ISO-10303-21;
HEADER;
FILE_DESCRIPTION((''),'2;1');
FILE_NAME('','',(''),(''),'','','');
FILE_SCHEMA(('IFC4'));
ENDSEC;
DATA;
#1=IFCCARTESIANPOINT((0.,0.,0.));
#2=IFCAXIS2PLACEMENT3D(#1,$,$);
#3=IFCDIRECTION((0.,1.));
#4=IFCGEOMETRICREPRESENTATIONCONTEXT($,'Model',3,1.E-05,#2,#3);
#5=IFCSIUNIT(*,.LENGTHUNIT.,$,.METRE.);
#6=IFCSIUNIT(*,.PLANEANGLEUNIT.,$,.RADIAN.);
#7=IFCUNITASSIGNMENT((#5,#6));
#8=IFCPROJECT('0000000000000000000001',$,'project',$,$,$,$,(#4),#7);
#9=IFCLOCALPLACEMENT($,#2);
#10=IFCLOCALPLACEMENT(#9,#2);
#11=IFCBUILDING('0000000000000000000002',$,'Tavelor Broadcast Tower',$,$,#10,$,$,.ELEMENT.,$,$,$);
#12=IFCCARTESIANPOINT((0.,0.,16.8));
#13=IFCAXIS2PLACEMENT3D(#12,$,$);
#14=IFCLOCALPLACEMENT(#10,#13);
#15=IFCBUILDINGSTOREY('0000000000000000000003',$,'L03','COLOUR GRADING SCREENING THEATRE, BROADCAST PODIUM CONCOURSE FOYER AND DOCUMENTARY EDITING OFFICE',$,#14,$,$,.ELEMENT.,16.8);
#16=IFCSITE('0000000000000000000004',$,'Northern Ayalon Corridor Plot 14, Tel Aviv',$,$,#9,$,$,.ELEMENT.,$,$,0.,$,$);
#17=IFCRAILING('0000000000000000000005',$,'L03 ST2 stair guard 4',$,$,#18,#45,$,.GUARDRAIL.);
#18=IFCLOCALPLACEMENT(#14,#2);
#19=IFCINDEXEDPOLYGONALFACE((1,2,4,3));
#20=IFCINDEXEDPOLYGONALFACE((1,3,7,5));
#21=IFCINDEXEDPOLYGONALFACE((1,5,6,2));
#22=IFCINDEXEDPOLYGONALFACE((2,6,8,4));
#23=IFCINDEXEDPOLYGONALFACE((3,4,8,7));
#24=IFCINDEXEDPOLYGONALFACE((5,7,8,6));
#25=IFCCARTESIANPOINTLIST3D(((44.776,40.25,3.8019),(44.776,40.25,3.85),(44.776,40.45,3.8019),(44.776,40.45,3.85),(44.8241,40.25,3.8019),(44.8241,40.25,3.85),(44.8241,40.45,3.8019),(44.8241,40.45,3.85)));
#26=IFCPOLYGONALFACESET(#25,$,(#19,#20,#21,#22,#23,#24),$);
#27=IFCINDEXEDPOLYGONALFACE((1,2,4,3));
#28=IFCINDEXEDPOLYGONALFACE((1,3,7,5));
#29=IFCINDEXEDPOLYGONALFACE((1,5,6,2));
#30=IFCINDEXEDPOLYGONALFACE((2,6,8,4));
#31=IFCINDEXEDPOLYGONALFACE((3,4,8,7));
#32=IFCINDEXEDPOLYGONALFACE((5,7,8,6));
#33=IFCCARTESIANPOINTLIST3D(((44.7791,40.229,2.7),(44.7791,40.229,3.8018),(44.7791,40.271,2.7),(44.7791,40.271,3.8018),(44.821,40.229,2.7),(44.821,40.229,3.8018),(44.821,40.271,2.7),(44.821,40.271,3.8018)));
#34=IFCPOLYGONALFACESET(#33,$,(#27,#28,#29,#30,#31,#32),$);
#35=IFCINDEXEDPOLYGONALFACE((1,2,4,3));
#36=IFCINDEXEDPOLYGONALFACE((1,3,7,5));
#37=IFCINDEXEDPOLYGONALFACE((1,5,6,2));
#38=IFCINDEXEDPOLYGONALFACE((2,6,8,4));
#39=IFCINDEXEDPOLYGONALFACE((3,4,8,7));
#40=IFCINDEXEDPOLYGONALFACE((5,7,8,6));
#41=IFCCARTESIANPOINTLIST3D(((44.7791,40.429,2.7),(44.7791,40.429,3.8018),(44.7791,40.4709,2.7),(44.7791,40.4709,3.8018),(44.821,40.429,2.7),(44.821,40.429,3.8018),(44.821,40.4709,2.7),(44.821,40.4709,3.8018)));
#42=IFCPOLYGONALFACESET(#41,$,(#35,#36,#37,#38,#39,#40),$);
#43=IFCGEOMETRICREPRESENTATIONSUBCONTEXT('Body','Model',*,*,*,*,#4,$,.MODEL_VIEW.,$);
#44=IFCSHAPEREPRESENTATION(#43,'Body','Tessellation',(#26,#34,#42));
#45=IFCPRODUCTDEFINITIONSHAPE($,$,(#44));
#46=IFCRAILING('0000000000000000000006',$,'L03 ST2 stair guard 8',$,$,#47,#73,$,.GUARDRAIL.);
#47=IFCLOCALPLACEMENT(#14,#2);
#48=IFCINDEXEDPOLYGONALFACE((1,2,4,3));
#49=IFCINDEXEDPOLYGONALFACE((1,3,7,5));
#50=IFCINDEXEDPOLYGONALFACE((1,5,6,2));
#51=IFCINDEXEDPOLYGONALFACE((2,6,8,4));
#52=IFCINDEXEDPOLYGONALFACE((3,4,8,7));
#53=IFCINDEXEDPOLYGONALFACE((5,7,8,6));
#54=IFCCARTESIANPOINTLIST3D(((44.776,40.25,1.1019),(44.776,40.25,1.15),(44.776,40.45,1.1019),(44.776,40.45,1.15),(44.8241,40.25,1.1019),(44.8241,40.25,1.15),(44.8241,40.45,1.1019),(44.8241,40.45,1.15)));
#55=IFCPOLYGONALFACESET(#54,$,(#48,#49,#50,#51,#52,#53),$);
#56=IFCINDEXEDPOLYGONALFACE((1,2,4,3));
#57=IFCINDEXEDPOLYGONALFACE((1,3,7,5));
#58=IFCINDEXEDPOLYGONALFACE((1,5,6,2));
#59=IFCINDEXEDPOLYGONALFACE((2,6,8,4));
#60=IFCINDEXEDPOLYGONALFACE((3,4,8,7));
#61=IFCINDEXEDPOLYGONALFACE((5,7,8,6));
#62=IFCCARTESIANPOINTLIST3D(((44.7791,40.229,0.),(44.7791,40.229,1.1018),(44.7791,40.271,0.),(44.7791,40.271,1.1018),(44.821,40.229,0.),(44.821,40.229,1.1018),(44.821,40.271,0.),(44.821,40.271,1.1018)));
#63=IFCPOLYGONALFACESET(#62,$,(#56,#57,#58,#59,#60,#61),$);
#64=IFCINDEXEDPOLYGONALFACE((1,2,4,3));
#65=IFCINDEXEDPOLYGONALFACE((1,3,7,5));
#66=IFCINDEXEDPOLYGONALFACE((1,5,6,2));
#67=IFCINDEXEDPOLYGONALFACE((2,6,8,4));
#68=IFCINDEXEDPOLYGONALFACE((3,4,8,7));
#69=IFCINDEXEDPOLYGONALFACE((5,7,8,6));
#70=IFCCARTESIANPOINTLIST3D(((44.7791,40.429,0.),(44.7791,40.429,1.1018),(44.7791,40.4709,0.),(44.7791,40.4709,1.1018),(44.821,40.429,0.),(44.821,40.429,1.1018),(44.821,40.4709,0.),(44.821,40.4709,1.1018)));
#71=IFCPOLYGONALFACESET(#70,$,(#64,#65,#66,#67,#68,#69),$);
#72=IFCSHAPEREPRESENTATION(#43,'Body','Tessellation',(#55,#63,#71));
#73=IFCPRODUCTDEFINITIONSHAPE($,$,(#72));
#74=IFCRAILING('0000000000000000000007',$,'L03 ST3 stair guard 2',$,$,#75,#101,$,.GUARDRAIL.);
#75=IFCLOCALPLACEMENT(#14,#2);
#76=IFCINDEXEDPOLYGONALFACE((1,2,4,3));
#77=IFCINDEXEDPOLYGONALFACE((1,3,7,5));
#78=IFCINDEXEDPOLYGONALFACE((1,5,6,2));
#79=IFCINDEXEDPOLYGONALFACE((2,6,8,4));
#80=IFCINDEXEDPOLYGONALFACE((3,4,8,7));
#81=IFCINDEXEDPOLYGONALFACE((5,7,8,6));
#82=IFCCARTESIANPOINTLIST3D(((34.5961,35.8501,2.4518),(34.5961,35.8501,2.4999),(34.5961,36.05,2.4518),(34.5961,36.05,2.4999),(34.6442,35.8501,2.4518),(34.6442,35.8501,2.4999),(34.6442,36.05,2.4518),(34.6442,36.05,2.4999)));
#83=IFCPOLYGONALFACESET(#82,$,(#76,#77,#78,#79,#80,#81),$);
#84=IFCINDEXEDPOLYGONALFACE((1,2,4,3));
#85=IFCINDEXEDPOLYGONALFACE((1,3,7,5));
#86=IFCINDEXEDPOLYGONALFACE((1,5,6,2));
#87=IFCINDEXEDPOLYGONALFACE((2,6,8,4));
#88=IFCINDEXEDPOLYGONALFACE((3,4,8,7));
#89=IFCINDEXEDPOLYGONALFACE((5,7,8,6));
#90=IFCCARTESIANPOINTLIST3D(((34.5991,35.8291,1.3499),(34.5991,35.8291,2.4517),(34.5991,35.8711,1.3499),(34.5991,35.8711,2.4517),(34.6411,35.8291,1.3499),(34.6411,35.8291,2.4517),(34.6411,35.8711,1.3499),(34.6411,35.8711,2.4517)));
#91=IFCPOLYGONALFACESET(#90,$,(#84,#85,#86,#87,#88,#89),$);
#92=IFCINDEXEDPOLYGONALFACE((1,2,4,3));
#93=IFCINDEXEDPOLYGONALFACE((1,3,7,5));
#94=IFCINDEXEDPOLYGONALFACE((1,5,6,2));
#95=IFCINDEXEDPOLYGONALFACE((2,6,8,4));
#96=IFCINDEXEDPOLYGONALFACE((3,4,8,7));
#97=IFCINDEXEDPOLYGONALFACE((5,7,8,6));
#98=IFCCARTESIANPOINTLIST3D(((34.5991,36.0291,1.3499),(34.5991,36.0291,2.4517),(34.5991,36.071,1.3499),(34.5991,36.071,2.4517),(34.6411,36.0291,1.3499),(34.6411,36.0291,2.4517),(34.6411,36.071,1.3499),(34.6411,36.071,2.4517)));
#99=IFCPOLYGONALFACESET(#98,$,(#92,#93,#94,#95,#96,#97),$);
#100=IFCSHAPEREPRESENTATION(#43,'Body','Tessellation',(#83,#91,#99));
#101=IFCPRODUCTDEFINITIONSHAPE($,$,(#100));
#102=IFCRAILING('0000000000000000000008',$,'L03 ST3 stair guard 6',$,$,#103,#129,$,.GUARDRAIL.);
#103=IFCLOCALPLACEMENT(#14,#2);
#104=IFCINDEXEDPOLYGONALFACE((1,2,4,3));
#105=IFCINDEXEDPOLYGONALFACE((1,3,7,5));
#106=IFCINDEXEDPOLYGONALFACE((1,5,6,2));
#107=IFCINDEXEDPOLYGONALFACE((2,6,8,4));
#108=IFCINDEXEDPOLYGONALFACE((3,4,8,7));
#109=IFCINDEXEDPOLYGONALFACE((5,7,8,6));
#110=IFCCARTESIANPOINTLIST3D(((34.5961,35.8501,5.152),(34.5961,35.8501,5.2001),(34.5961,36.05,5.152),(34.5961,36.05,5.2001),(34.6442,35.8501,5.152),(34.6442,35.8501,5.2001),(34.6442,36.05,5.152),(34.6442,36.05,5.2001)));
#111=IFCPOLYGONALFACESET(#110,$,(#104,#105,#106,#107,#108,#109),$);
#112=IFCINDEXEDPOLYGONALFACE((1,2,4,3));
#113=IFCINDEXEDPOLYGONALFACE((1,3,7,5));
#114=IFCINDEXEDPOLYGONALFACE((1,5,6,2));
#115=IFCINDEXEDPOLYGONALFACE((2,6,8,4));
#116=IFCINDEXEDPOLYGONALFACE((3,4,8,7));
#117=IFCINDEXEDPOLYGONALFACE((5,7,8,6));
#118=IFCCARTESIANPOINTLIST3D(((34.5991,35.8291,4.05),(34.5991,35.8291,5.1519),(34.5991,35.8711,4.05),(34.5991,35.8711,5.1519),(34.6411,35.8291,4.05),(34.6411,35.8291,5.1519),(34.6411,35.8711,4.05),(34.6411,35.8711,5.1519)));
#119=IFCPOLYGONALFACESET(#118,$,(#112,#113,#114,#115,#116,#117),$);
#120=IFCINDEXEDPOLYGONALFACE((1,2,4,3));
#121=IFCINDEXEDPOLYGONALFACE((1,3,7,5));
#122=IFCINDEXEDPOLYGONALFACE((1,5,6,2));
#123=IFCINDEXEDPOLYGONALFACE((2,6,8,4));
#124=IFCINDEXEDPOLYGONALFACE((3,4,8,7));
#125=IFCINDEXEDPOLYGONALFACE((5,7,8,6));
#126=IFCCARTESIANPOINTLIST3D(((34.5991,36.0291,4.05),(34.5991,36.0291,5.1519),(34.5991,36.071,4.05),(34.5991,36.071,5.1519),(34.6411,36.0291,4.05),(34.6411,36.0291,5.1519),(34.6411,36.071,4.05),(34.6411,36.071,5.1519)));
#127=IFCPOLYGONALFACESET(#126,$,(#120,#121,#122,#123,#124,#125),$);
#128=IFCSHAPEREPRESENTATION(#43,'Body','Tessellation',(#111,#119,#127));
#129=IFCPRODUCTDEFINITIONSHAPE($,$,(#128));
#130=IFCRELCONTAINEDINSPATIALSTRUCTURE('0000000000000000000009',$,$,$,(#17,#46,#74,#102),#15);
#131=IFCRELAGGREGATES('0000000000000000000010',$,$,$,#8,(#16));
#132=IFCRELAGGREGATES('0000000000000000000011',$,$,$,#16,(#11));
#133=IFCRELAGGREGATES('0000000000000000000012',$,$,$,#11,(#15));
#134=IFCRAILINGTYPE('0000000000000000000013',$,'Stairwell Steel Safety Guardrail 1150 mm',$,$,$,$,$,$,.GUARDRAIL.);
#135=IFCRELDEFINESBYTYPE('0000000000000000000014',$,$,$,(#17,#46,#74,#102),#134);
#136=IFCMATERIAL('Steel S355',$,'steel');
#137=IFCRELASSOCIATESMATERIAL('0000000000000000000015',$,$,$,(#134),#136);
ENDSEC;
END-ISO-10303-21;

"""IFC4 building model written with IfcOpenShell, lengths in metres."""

from ifc_helpers import new_model, si_unit, direction, frame, origin, origin_2d, place, context, subcontext, project, spatial, rectangle, extrude, material, type_object, element, save


model = new_model("IFC4")

# Units and contexts
model_context = context("Model", 3, precision=1e-05, world=origin(), true_north=direction((0.0, 1.0)))
body_context = subcontext(model_context, "Body", "Model", "MODEL_VIEW")
ifc_project = project(units=[si_unit("LENGTHUNIT", "METRE"), si_unit("PLANEANGLEUNIT", "RADIAN")], contexts=[model_context])

# Site, building, storey
site_placement = place(None, origin())
site = spatial("IfcSite", under=ifc_project, at=site_placement, Name="Northern Ayalon Corridor Plot 14, Tel Aviv", CompositionType="ELEMENT", RefElevation=0.0)
building_placement = place(site_placement, origin())
building = spatial("IfcBuilding", under=site, at=building_placement, Name="Tavelor Broadcast Tower", CompositionType="ELEMENT")
storey_placement = place(building_placement, frame((0.0, 0.0, 16.8)))
storey = spatial("IfcBuildingStorey", under=building, at=storey_placement, Name="L03", Description="COLOUR GRADING SCREENING THEATRE, BROADCAST PODIUM CONCOURSE FOYER AND DOCUMENTARY EDITING OFFICE", CompositionType="ELEMENT", Elevation=16.8)

# Shared definitions
ifc_material_1 = material(Name="Steel S355", Category="steel")

# Railings
railing_type_1 = type_object("IfcRailingType", Name="Stairwell Steel Safety Guardrail 1150 mm", PredefinedType="GUARDRAIL", material=ifc_material_1)
for number, where, name in (
    (1, (44.8, 40.25, 2.7), "L03 ST2 stair guard 4"),
    (2, (44.8, 40.25, 0.0), "L03 ST2 stair guard 8"),
    (3, (34.6201, 35.8501, 1.3499), "L03 ST3 stair guard 2"),
    (4, (34.6201, 35.8501, 4.05), "L03 ST3 stair guard 6"),
):
    element("IfcRailing", number, at=place(storey_placement, frame(where)), inside=storey, type_object=railing_type_1, Name=name, PredefinedType="GUARDRAIL", context=body_context, shape_type="SweptSolid", body=[
        extrude(rectangle(XDim=0.0481, YDim=0.0481, at=origin_2d()), frame((0.0, 0.0, 1.126), z_axis=(0.0, 1.0, 0.0), x_axis=(-1.0, 0.0, 0.0)), (0.0, 0.0, 1.0), 0.2),
        extrude(rectangle(XDim=0.042, YDim=0.042, at=origin_2d()), origin(), (0.0, 0.0, 1.0), 1.1018),
        extrude(rectangle(XDim=0.042, YDim=0.042, at=origin_2d()), frame((0.0, 0.2, 0.0)), (0.0, 0.0, 1.0), 1.1018),
    ])

save(model, "model.ifc")
